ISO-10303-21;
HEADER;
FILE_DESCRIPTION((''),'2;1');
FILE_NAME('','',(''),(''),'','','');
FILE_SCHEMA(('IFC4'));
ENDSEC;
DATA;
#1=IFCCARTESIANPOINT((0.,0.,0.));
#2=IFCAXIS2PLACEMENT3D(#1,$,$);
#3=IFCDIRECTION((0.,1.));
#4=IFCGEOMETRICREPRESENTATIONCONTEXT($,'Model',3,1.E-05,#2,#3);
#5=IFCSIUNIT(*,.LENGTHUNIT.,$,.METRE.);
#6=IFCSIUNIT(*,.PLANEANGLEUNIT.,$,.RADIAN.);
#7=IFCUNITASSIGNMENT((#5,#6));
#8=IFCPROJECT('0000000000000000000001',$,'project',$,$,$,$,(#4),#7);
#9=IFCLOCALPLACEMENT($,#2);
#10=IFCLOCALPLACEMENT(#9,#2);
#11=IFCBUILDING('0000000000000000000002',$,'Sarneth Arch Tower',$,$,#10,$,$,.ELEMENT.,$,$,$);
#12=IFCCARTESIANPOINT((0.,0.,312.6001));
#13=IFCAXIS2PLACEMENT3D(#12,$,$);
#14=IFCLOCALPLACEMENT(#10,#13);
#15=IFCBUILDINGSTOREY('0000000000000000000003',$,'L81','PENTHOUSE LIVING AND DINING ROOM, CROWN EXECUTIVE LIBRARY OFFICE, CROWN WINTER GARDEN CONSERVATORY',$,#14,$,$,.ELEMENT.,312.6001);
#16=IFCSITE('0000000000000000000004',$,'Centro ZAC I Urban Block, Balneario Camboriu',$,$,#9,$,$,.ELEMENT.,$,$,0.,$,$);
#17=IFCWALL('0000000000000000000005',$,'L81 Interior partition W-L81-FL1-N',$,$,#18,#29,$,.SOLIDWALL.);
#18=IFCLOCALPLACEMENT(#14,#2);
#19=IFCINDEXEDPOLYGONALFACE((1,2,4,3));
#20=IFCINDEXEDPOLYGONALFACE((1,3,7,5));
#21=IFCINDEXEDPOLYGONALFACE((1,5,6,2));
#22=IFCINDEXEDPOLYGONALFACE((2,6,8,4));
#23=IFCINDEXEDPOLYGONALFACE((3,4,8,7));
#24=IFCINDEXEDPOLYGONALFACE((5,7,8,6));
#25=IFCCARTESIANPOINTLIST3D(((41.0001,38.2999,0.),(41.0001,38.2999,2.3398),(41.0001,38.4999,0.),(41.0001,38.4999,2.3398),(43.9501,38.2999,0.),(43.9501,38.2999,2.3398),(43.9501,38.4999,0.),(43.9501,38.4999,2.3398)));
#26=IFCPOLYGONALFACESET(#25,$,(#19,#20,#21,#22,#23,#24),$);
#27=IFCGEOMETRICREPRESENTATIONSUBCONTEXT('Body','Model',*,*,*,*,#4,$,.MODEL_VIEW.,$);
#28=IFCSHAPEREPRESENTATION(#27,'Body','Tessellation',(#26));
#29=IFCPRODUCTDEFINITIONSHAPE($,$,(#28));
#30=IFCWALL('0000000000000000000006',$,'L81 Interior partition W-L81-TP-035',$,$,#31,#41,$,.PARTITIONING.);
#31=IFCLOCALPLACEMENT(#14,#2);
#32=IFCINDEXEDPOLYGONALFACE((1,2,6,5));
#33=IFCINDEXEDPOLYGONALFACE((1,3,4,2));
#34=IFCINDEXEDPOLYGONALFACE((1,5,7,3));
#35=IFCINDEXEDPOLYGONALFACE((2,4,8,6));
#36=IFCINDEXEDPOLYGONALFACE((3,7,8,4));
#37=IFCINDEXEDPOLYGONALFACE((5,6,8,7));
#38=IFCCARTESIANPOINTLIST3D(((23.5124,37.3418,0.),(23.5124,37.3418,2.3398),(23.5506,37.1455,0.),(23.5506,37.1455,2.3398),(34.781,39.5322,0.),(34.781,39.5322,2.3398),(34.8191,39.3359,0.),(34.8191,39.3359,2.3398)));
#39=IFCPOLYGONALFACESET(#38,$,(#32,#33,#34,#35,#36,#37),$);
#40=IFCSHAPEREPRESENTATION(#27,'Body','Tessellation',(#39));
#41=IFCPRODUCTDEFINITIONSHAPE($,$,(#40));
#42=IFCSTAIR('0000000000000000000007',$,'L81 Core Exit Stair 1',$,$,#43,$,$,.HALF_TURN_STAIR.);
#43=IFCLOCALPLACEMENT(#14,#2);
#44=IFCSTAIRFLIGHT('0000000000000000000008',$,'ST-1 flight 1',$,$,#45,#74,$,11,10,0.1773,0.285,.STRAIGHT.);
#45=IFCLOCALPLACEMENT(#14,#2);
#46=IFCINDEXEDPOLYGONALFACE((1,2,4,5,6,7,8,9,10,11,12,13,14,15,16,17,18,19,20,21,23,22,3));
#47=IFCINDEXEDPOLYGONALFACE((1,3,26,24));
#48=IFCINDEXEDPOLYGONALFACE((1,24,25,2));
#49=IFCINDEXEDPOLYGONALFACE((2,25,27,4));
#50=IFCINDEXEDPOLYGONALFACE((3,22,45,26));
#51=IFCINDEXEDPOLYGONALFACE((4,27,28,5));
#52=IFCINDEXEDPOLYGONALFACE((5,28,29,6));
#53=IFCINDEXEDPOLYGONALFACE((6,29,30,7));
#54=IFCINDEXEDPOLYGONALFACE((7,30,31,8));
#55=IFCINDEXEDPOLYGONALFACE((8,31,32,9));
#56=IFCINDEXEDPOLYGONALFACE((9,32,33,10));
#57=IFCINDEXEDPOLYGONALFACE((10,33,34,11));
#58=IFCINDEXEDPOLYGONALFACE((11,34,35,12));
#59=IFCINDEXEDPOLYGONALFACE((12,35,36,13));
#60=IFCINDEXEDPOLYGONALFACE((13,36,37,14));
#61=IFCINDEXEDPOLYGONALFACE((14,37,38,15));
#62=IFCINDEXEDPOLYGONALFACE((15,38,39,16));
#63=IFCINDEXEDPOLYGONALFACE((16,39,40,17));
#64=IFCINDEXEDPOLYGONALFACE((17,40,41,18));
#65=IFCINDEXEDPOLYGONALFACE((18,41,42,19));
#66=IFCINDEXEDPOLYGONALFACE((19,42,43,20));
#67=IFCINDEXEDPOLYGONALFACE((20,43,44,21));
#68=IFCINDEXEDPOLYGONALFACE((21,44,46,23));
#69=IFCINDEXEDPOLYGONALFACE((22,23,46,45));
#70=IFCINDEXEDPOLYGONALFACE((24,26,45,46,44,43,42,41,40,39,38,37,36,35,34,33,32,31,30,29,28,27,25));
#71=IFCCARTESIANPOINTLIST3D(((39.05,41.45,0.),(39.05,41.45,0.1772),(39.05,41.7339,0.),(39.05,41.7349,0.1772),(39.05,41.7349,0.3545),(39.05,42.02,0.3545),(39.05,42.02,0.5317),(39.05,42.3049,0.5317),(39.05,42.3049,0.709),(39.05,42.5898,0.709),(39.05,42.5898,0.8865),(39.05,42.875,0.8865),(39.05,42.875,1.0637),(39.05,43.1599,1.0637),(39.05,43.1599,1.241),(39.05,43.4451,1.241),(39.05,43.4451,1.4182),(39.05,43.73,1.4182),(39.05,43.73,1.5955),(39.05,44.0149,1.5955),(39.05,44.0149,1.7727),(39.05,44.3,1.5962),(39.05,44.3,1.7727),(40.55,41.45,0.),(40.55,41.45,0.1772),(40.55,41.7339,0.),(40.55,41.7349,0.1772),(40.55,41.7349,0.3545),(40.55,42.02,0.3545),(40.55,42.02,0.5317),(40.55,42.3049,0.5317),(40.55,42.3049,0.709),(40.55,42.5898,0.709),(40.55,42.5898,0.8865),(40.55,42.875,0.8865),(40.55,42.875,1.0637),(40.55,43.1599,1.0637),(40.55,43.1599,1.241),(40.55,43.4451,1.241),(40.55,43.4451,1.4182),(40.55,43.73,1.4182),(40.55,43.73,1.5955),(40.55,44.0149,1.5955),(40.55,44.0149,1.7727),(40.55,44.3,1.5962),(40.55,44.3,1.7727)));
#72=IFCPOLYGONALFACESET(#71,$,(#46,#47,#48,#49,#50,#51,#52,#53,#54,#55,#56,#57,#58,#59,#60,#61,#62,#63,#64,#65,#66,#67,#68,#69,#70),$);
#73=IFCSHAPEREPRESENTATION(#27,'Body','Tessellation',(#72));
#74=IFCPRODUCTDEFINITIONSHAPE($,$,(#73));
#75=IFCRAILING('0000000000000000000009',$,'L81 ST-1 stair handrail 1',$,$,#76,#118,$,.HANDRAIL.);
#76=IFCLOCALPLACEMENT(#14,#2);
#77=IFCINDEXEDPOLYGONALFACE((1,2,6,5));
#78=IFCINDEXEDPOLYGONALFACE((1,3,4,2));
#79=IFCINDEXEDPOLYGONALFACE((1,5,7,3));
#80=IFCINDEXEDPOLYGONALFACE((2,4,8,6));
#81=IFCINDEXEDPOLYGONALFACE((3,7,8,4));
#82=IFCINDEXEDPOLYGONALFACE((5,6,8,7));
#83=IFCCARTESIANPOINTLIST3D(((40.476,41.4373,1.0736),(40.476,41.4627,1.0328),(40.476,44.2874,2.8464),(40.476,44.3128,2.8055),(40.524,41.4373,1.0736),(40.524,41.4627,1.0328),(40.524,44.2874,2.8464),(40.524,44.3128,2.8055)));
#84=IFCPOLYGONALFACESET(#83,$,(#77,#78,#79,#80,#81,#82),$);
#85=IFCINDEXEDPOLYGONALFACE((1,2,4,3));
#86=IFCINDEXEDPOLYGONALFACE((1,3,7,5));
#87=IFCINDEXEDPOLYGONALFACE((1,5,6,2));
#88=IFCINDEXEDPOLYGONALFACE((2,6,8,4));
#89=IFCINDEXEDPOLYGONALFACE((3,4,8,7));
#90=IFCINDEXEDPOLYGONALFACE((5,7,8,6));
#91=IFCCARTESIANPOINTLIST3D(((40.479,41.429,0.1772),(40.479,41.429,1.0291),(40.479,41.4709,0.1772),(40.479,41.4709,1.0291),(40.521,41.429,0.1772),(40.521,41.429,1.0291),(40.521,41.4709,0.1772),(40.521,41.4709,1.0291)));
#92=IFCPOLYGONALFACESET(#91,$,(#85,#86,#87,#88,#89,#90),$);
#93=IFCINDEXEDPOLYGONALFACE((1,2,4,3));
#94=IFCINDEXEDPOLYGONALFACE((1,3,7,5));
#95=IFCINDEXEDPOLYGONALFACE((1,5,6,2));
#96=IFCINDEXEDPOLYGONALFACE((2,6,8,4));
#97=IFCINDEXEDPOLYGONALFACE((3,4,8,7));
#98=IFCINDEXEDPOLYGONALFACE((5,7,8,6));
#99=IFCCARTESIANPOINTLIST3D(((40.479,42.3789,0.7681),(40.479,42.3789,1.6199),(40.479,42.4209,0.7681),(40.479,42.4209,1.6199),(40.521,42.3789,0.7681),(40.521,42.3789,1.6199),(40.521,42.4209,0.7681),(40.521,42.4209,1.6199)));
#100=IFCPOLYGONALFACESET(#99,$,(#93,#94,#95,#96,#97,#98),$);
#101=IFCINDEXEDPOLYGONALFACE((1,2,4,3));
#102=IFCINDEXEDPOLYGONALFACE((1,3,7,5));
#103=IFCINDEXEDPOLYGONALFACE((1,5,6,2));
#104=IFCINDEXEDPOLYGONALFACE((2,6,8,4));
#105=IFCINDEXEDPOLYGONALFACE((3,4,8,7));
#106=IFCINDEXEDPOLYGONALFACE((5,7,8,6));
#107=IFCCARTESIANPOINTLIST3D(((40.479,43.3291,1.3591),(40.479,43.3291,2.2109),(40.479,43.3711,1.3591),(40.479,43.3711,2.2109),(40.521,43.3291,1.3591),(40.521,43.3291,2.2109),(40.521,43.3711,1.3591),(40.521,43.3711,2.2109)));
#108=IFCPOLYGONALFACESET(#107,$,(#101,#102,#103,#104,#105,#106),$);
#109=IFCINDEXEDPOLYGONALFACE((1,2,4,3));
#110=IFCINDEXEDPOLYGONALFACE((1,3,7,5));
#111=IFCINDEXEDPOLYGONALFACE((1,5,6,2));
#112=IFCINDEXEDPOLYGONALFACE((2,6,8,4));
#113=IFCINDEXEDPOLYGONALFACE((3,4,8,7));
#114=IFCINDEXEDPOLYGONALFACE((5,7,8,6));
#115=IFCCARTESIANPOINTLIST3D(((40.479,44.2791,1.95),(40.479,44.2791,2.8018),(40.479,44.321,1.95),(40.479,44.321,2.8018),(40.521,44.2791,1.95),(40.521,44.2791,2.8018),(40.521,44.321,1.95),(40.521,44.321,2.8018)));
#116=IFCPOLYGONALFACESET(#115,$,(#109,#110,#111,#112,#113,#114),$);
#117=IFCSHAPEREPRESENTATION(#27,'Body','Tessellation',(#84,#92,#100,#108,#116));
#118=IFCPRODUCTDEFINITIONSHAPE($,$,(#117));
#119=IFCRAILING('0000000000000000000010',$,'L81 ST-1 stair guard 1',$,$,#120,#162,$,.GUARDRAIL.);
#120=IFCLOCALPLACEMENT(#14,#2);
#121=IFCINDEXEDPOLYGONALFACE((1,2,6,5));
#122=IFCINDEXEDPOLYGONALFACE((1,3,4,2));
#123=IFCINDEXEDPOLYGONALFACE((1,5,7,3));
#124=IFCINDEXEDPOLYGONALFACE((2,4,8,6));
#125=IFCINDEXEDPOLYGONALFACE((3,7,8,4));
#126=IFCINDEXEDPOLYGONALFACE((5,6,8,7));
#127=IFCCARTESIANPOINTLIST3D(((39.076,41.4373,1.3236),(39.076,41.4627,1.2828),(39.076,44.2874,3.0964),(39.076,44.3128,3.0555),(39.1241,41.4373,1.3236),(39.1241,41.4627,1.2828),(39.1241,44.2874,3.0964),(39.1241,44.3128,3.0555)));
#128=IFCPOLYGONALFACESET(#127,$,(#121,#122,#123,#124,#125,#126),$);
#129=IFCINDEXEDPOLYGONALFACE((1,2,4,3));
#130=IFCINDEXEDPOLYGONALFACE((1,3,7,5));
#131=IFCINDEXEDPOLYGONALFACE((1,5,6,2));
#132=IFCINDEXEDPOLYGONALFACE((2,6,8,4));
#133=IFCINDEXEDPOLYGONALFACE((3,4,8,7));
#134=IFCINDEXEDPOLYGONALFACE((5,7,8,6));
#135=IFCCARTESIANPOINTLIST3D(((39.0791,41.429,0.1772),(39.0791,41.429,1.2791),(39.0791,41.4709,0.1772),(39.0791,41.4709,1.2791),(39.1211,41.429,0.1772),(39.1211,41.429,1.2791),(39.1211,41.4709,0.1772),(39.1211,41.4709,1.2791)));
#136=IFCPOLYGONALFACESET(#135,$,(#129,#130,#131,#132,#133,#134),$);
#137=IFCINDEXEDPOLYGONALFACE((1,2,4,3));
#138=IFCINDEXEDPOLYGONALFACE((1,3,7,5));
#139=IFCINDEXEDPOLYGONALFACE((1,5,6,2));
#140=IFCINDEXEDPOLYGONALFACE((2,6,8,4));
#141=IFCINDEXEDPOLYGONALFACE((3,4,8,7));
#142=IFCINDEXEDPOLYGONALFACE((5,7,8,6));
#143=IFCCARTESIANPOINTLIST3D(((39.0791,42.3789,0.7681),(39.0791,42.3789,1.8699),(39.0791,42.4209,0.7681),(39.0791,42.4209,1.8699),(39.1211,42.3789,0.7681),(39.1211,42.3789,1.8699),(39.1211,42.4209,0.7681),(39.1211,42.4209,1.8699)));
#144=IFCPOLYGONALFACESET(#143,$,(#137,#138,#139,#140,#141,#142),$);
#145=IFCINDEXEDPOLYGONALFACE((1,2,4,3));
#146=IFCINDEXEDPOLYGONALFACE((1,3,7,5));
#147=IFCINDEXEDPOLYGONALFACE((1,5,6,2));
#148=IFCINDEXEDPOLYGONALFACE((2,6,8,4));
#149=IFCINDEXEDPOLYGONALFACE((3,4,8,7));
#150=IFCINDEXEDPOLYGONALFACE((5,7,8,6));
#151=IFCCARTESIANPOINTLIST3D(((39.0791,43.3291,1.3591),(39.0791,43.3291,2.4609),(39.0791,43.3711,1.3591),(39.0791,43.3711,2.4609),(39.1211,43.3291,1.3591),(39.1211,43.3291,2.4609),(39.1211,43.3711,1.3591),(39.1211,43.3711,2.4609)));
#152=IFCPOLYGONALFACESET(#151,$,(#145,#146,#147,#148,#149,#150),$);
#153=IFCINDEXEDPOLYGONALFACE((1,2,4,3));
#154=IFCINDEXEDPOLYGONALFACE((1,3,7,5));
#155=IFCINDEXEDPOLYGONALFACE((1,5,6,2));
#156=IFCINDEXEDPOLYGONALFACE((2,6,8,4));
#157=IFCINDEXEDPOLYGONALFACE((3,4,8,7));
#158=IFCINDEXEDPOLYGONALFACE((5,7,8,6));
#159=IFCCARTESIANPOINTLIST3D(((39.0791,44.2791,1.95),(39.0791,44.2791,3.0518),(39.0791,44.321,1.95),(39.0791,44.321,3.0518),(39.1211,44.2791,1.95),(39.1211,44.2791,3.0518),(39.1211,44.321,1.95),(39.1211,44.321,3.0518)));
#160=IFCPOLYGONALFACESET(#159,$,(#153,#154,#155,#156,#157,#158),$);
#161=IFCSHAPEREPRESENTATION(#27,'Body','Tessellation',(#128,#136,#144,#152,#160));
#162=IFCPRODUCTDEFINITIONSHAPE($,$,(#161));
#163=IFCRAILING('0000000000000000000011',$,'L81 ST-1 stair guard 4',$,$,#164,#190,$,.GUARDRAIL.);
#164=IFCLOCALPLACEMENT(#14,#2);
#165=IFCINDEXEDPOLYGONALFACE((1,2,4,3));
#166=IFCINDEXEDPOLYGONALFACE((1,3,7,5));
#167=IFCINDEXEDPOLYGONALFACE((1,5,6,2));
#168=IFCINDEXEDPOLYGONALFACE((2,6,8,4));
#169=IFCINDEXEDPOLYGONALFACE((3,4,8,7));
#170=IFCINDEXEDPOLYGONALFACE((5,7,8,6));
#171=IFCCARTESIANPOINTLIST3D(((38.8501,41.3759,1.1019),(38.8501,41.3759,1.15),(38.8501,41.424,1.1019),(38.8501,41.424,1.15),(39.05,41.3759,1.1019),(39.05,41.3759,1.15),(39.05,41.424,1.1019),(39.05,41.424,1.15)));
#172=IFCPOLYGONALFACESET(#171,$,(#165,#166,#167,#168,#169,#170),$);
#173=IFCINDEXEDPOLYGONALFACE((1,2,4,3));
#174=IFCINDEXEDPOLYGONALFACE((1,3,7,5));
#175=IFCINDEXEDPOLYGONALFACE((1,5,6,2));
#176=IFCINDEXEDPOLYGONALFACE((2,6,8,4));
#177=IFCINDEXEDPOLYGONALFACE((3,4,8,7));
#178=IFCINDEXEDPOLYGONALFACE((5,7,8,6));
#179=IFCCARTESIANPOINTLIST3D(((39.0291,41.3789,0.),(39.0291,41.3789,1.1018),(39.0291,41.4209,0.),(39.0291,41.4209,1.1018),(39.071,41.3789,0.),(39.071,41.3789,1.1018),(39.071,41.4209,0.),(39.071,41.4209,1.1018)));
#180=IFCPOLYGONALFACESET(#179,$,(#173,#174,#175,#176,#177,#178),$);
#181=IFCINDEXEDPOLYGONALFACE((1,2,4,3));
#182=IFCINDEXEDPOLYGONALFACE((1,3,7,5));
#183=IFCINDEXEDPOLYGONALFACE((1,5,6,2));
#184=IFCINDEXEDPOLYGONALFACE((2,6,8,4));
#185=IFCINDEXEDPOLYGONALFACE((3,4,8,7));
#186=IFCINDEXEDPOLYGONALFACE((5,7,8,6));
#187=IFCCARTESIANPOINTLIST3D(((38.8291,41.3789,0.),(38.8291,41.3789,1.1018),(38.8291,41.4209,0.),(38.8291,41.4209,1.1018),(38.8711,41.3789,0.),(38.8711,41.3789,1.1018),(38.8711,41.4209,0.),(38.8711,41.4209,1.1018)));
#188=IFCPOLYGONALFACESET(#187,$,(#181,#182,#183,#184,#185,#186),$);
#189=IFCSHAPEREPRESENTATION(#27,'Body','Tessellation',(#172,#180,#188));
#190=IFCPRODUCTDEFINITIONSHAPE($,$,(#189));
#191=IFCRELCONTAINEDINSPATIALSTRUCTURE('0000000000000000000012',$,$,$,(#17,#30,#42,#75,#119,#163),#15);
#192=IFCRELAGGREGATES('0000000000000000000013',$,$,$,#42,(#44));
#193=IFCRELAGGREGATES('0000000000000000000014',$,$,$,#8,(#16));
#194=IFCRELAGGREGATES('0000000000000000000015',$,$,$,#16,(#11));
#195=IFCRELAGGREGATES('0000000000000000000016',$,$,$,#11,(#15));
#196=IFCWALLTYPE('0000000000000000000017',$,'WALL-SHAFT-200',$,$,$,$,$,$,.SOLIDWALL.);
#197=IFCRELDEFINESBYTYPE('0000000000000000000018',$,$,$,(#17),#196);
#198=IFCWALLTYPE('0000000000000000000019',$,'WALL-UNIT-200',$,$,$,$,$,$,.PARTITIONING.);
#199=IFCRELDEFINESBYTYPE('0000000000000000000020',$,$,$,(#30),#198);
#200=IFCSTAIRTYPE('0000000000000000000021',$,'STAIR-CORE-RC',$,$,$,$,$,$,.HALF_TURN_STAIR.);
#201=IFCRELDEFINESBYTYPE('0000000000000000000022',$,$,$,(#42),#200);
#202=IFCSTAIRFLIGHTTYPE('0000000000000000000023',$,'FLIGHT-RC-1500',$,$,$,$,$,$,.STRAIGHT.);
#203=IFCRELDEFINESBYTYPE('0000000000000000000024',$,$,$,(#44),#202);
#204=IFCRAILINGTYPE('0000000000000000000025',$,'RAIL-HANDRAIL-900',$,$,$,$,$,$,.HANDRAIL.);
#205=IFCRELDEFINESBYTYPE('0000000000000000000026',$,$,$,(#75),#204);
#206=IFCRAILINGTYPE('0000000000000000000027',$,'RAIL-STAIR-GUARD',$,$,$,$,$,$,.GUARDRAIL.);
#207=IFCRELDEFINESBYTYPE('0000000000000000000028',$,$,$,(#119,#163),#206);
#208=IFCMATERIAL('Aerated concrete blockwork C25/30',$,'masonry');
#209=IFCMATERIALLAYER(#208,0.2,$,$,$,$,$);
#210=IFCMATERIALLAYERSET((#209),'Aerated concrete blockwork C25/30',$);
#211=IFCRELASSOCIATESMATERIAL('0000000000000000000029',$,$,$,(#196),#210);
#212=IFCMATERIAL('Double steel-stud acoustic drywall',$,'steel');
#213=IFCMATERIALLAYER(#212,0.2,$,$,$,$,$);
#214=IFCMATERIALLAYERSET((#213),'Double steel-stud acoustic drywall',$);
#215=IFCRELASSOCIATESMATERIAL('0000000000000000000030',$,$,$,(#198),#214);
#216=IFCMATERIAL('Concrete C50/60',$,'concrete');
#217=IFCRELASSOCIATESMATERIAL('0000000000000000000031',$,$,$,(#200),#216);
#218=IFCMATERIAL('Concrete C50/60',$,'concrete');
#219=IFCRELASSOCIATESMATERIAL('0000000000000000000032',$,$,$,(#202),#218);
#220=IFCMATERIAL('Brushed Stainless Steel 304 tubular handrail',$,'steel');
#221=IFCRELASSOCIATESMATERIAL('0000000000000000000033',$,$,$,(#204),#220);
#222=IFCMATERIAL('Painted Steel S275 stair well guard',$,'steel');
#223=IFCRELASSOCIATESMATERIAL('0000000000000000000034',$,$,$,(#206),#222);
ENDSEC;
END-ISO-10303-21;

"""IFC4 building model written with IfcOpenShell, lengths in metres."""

from ifc_helpers import new_model, si_unit, direction, frame, frame_2d, origin, origin_2d, place, context, subcontext, project, spatial, polyline, rectangle, outline, extrude, material, layer, layer_set, type_object, element, aggregate, save


model = new_model("IFC4")

# Units and contexts
model_context = context("Model", 3, precision=1e-05, world=origin(), true_north=direction((0.0, 1.0)))
body_context = subcontext(model_context, "Body", "Model", "MODEL_VIEW")
ifc_project = project(units=[si_unit("LENGTHUNIT", "METRE"), si_unit("PLANEANGLEUNIT", "RADIAN")], contexts=[model_context])

# Site, building, storey
site_placement = place(None, origin())
site = spatial("IfcSite", under=ifc_project, at=site_placement, Name="Centro ZAC I Urban Block, Balneario Camboriu", CompositionType="ELEMENT", RefElevation=0.0)
building_placement = place(site_placement, origin())
building = spatial("IfcBuilding", under=site, at=building_placement, Name="Sarneth Arch Tower", CompositionType="ELEMENT")
storey_placement = place(building_placement, frame((0.0, 0.0, 312.6001)))
storey = spatial("IfcBuildingStorey", under=building, at=storey_placement, Name="L81", Description="PENTHOUSE LIVING AND DINING ROOM, CROWN EXECUTIVE LIBRARY OFFICE, CROWN WINTER GARDEN CONSERVATORY", CompositionType="ELEMENT", Elevation=312.6001)

# Shared definitions
ifc_material_1 = material(Name="Aerated concrete blockwork C25/30", Category="masonry")
ifc_layer_1 = layer(ifc_material_1, 0.2)
ifc_layer_set_1 = layer_set([ifc_layer_1], Name="Aerated concrete blockwork C25/30")
wall_type_1 = type_object("IfcWallType", Name="WALL-SHAFT-200", PredefinedType="SOLIDWALL", material=ifc_layer_set_1)

# Walls
wall_1_placement = place(storey_placement, frame((41.0, 38.3999, 0.0), z_axis=(0.0, 0.0, 1.0), x_axis=(1.0, 0.0, 0.0)))
element("IfcWall", 1, at=wall_1_placement, inside=storey, type_object=wall_type_1, Name="L81 Interior partition W-L81-FL1-N", PredefinedType="SOLIDWALL", context=body_context, shape_type="SweptSolid", body=[
    extrude(rectangle(XDim=2.95, YDim=0.2, at=frame_2d((1.4751, 0.0))), origin(), (0.0, 0.0, 1.0), 2.3398),
])
ifc_material_2 = material(Name="Double steel-stud acoustic drywall", Category="steel")
ifc_layer_2 = layer(ifc_material_2, 0.2)
ifc_layer_set_2 = layer_set([ifc_layer_2], Name="Double steel-stud acoustic drywall")
wall_type_2 = type_object("IfcWallType", Name="WALL-UNIT-200", PredefinedType="PARTITIONING", material=ifc_layer_set_2)
wall_2_placement = place(storey_placement, frame((34.8, 39.4341, 0.0), z_axis=(0.0, 0.0, 1.0), x_axis=(-0.981626, -0.190813, 0.0)))
element("IfcWall", 2, at=wall_2_placement, inside=storey, type_object=wall_type_2, Name="L81 Interior partition W-L81-TP-035", PredefinedType="PARTITIONING", context=body_context, shape_type="SweptSolid", body=[
    extrude(rectangle(XDim=11.4795, YDim=0.2, at=frame_2d((5.7397, 0.0))), origin(), (0.0, 0.0, 1.0), 2.3398),
])

# Stair, stair flight
ifc_material_3 = material(Name="Concrete C50/60", Category="concrete")
stair_type = type_object("IfcStairType", Name="STAIR-CORE-RC", PredefinedType="HALF_TURN_STAIR", material=ifc_material_3)
stair_placement = place(storey_placement, origin())
stair = element("IfcStair", 3, at=stair_placement, inside=storey, type_object=stair_type, Name="L81 Core Exit Stair 1", PredefinedType="HALF_TURN_STAIR")
ifc_material_4 = material(Name="Concrete C50/60", Category="concrete")
stair_flight_type = type_object("IfcStairFlightType", Name="FLIGHT-RC-1500", PredefinedType="STRAIGHT", material=ifc_material_4)
stair_flight_placement = place(storey_placement, frame((39.8, 41.45, 0.0), z_axis=(0.0, 0.0, 1.0), x_axis=(0.0, 1.0, 0.0)))
stair_flight = element("IfcStairFlight", 4, at=stair_flight_placement, type_object=stair_flight_type, Name="ST-1 flight 1", NumberOfRisers=11, NumberOfTreads=10, PredefinedType="STRAIGHT", RiserHeight=0.1773, TreadLength=0.285, context=body_context, shape_type="SweptSolid", body=[
    extrude(outline(polyline([(0.0, 0.0), (0.0, 0.1772), (0.2849, 0.1772), (0.2849, 0.3545), (0.5701, 0.3545), (0.5701, 0.5317), (0.855, 0.5317), (0.855, 0.709), (1.1399, 0.709), (1.1399, 0.8865), (1.425, 0.8865), (1.425, 1.0637), (1.71, 1.0637), (1.71, 1.241), (1.9951, 1.241), (1.9951, 1.4182), (2.28, 1.4182), (2.28, 1.5955), (2.5649, 1.5955), (2.5649, 1.7727), (2.8501, 1.7727), (2.8501, 1.95), (2.8501, 1.5962), (0.2839, 0.0), (0.0, 0.0)])), frame((0.0, 0.75, 0.0), z_axis=(0.0, -1.0, 0.0), x_axis=(1.0, 0.0, 0.0)), (0.0, 0.0, 1.0), 1.5),
])
aggregate(stair, [stair_flight])

# Railings
ifc_material_5 = material(Name="Brushed Stainless Steel 304 tubular handrail", Category="steel")
railing_type_1 = type_object("IfcRailingType", Name="RAIL-HANDRAIL-900", PredefinedType="HANDRAIL", material=ifc_material_5)
railing_1_placement = place(storey_placement, frame((40.5, 41.45, 0.1772)))
element("IfcRailing", 5, at=railing_1_placement, inside=storey, type_object=railing_type_1, Name="L81 ST-1 stair handrail 1", PredefinedType="HANDRAIL", context=body_context, shape_type="SweptSolid", body=[
    extrude(rectangle(XDim=0.0481, YDim=0.0481, at=origin_2d()), frame((0.0, 0.0, 0.876), z_axis=(0.0, 0.849149, 0.528154), x_axis=(-1.0, 0.0, 0.0)), (0.0, 0.0, 1.0), 3.3564),
    extrude(rectangle(XDim=0.042, YDim=0.042, at=origin_2d()), origin(), (0.0, 0.0, 1.0), 0.8518),
    extrude(rectangle(XDim=0.042, YDim=0.042, at=origin_2d()), frame((0.0, 0.95, 0.5908)), (0.0, 0.0, 1.0), 0.8518),
    extrude(rectangle(XDim=0.042, YDim=0.042, at=origin_2d()), frame((0.0, 1.9001, 1.1819)), (0.0, 0.0, 1.0), 0.8518),
    extrude(rectangle(XDim=0.042, YDim=0.042, at=origin_2d()), frame((0.0, 2.8501, 1.7727)), (0.0, 0.0, 1.0), 0.8518),
])
ifc_material_6 = material(Name="Painted Steel S275 stair well guard", Category="steel")
railing_type_2 = type_object("IfcRailingType", Name="RAIL-STAIR-GUARD", PredefinedType="GUARDRAIL", material=ifc_material_6)
railing_2_placement = place(storey_placement, frame((39.1001, 41.45, 0.1772)))
element("IfcRailing", 6, at=railing_2_placement, inside=storey, type_object=railing_type_2, Name="L81 ST-1 stair guard 1", PredefinedType="GUARDRAIL", context=body_context, shape_type="SweptSolid", body=[
    extrude(rectangle(XDim=0.0481, YDim=0.0481, at=origin_2d()), frame((0.0, 0.0, 1.126), z_axis=(0.0, 0.849149, 0.528154), x_axis=(-1.0, 0.0, 0.0)), (0.0, 0.0, 1.0), 3.3564),
    extrude(rectangle(XDim=0.042, YDim=0.042, at=origin_2d()), origin(), (0.0, 0.0, 1.0), 1.1018),
    extrude(rectangle(XDim=0.042, YDim=0.042, at=origin_2d()), frame((0.0, 0.95, 0.5908)), (0.0, 0.0, 1.0), 1.1018),
    extrude(rectangle(XDim=0.042, YDim=0.042, at=origin_2d()), frame((0.0, 1.9001, 1.1819)), (0.0, 0.0, 1.0), 1.1018),
    extrude(rectangle(XDim=0.042, YDim=0.042, at=origin_2d()), frame((0.0, 2.8501, 1.7727)), (0.0, 0.0, 1.0), 1.1018),
])
railing_3_placement = place(storey_placement, frame((39.05, 41.3999, 0.0)))
element("IfcRailing", 7, at=railing_3_placement, inside=storey, type_object=railing_type_2, Name="L81 ST-1 stair guard 4", PredefinedType="GUARDRAIL", context=body_context, shape_type="SweptSolid", body=[
    extrude(rectangle(XDim=0.0481, YDim=0.0481, at=origin_2d()), frame((0.0, 0.0, 1.126), z_axis=(-1.0, 0.0, 0.0), x_axis=(0.0, -1.0, 0.0)), (0.0, 0.0, 1.0), 0.2),
    extrude(rectangle(XDim=0.042, YDim=0.042, at=origin_2d()), origin(), (0.0, 0.0, 1.0), 1.1018),
    extrude(rectangle(XDim=0.042, YDim=0.042, at=origin_2d()), frame((-0.2, 0.0, 0.0)), (0.0, 0.0, 1.0), 1.1018),
])

save(model, "model.ifc")
